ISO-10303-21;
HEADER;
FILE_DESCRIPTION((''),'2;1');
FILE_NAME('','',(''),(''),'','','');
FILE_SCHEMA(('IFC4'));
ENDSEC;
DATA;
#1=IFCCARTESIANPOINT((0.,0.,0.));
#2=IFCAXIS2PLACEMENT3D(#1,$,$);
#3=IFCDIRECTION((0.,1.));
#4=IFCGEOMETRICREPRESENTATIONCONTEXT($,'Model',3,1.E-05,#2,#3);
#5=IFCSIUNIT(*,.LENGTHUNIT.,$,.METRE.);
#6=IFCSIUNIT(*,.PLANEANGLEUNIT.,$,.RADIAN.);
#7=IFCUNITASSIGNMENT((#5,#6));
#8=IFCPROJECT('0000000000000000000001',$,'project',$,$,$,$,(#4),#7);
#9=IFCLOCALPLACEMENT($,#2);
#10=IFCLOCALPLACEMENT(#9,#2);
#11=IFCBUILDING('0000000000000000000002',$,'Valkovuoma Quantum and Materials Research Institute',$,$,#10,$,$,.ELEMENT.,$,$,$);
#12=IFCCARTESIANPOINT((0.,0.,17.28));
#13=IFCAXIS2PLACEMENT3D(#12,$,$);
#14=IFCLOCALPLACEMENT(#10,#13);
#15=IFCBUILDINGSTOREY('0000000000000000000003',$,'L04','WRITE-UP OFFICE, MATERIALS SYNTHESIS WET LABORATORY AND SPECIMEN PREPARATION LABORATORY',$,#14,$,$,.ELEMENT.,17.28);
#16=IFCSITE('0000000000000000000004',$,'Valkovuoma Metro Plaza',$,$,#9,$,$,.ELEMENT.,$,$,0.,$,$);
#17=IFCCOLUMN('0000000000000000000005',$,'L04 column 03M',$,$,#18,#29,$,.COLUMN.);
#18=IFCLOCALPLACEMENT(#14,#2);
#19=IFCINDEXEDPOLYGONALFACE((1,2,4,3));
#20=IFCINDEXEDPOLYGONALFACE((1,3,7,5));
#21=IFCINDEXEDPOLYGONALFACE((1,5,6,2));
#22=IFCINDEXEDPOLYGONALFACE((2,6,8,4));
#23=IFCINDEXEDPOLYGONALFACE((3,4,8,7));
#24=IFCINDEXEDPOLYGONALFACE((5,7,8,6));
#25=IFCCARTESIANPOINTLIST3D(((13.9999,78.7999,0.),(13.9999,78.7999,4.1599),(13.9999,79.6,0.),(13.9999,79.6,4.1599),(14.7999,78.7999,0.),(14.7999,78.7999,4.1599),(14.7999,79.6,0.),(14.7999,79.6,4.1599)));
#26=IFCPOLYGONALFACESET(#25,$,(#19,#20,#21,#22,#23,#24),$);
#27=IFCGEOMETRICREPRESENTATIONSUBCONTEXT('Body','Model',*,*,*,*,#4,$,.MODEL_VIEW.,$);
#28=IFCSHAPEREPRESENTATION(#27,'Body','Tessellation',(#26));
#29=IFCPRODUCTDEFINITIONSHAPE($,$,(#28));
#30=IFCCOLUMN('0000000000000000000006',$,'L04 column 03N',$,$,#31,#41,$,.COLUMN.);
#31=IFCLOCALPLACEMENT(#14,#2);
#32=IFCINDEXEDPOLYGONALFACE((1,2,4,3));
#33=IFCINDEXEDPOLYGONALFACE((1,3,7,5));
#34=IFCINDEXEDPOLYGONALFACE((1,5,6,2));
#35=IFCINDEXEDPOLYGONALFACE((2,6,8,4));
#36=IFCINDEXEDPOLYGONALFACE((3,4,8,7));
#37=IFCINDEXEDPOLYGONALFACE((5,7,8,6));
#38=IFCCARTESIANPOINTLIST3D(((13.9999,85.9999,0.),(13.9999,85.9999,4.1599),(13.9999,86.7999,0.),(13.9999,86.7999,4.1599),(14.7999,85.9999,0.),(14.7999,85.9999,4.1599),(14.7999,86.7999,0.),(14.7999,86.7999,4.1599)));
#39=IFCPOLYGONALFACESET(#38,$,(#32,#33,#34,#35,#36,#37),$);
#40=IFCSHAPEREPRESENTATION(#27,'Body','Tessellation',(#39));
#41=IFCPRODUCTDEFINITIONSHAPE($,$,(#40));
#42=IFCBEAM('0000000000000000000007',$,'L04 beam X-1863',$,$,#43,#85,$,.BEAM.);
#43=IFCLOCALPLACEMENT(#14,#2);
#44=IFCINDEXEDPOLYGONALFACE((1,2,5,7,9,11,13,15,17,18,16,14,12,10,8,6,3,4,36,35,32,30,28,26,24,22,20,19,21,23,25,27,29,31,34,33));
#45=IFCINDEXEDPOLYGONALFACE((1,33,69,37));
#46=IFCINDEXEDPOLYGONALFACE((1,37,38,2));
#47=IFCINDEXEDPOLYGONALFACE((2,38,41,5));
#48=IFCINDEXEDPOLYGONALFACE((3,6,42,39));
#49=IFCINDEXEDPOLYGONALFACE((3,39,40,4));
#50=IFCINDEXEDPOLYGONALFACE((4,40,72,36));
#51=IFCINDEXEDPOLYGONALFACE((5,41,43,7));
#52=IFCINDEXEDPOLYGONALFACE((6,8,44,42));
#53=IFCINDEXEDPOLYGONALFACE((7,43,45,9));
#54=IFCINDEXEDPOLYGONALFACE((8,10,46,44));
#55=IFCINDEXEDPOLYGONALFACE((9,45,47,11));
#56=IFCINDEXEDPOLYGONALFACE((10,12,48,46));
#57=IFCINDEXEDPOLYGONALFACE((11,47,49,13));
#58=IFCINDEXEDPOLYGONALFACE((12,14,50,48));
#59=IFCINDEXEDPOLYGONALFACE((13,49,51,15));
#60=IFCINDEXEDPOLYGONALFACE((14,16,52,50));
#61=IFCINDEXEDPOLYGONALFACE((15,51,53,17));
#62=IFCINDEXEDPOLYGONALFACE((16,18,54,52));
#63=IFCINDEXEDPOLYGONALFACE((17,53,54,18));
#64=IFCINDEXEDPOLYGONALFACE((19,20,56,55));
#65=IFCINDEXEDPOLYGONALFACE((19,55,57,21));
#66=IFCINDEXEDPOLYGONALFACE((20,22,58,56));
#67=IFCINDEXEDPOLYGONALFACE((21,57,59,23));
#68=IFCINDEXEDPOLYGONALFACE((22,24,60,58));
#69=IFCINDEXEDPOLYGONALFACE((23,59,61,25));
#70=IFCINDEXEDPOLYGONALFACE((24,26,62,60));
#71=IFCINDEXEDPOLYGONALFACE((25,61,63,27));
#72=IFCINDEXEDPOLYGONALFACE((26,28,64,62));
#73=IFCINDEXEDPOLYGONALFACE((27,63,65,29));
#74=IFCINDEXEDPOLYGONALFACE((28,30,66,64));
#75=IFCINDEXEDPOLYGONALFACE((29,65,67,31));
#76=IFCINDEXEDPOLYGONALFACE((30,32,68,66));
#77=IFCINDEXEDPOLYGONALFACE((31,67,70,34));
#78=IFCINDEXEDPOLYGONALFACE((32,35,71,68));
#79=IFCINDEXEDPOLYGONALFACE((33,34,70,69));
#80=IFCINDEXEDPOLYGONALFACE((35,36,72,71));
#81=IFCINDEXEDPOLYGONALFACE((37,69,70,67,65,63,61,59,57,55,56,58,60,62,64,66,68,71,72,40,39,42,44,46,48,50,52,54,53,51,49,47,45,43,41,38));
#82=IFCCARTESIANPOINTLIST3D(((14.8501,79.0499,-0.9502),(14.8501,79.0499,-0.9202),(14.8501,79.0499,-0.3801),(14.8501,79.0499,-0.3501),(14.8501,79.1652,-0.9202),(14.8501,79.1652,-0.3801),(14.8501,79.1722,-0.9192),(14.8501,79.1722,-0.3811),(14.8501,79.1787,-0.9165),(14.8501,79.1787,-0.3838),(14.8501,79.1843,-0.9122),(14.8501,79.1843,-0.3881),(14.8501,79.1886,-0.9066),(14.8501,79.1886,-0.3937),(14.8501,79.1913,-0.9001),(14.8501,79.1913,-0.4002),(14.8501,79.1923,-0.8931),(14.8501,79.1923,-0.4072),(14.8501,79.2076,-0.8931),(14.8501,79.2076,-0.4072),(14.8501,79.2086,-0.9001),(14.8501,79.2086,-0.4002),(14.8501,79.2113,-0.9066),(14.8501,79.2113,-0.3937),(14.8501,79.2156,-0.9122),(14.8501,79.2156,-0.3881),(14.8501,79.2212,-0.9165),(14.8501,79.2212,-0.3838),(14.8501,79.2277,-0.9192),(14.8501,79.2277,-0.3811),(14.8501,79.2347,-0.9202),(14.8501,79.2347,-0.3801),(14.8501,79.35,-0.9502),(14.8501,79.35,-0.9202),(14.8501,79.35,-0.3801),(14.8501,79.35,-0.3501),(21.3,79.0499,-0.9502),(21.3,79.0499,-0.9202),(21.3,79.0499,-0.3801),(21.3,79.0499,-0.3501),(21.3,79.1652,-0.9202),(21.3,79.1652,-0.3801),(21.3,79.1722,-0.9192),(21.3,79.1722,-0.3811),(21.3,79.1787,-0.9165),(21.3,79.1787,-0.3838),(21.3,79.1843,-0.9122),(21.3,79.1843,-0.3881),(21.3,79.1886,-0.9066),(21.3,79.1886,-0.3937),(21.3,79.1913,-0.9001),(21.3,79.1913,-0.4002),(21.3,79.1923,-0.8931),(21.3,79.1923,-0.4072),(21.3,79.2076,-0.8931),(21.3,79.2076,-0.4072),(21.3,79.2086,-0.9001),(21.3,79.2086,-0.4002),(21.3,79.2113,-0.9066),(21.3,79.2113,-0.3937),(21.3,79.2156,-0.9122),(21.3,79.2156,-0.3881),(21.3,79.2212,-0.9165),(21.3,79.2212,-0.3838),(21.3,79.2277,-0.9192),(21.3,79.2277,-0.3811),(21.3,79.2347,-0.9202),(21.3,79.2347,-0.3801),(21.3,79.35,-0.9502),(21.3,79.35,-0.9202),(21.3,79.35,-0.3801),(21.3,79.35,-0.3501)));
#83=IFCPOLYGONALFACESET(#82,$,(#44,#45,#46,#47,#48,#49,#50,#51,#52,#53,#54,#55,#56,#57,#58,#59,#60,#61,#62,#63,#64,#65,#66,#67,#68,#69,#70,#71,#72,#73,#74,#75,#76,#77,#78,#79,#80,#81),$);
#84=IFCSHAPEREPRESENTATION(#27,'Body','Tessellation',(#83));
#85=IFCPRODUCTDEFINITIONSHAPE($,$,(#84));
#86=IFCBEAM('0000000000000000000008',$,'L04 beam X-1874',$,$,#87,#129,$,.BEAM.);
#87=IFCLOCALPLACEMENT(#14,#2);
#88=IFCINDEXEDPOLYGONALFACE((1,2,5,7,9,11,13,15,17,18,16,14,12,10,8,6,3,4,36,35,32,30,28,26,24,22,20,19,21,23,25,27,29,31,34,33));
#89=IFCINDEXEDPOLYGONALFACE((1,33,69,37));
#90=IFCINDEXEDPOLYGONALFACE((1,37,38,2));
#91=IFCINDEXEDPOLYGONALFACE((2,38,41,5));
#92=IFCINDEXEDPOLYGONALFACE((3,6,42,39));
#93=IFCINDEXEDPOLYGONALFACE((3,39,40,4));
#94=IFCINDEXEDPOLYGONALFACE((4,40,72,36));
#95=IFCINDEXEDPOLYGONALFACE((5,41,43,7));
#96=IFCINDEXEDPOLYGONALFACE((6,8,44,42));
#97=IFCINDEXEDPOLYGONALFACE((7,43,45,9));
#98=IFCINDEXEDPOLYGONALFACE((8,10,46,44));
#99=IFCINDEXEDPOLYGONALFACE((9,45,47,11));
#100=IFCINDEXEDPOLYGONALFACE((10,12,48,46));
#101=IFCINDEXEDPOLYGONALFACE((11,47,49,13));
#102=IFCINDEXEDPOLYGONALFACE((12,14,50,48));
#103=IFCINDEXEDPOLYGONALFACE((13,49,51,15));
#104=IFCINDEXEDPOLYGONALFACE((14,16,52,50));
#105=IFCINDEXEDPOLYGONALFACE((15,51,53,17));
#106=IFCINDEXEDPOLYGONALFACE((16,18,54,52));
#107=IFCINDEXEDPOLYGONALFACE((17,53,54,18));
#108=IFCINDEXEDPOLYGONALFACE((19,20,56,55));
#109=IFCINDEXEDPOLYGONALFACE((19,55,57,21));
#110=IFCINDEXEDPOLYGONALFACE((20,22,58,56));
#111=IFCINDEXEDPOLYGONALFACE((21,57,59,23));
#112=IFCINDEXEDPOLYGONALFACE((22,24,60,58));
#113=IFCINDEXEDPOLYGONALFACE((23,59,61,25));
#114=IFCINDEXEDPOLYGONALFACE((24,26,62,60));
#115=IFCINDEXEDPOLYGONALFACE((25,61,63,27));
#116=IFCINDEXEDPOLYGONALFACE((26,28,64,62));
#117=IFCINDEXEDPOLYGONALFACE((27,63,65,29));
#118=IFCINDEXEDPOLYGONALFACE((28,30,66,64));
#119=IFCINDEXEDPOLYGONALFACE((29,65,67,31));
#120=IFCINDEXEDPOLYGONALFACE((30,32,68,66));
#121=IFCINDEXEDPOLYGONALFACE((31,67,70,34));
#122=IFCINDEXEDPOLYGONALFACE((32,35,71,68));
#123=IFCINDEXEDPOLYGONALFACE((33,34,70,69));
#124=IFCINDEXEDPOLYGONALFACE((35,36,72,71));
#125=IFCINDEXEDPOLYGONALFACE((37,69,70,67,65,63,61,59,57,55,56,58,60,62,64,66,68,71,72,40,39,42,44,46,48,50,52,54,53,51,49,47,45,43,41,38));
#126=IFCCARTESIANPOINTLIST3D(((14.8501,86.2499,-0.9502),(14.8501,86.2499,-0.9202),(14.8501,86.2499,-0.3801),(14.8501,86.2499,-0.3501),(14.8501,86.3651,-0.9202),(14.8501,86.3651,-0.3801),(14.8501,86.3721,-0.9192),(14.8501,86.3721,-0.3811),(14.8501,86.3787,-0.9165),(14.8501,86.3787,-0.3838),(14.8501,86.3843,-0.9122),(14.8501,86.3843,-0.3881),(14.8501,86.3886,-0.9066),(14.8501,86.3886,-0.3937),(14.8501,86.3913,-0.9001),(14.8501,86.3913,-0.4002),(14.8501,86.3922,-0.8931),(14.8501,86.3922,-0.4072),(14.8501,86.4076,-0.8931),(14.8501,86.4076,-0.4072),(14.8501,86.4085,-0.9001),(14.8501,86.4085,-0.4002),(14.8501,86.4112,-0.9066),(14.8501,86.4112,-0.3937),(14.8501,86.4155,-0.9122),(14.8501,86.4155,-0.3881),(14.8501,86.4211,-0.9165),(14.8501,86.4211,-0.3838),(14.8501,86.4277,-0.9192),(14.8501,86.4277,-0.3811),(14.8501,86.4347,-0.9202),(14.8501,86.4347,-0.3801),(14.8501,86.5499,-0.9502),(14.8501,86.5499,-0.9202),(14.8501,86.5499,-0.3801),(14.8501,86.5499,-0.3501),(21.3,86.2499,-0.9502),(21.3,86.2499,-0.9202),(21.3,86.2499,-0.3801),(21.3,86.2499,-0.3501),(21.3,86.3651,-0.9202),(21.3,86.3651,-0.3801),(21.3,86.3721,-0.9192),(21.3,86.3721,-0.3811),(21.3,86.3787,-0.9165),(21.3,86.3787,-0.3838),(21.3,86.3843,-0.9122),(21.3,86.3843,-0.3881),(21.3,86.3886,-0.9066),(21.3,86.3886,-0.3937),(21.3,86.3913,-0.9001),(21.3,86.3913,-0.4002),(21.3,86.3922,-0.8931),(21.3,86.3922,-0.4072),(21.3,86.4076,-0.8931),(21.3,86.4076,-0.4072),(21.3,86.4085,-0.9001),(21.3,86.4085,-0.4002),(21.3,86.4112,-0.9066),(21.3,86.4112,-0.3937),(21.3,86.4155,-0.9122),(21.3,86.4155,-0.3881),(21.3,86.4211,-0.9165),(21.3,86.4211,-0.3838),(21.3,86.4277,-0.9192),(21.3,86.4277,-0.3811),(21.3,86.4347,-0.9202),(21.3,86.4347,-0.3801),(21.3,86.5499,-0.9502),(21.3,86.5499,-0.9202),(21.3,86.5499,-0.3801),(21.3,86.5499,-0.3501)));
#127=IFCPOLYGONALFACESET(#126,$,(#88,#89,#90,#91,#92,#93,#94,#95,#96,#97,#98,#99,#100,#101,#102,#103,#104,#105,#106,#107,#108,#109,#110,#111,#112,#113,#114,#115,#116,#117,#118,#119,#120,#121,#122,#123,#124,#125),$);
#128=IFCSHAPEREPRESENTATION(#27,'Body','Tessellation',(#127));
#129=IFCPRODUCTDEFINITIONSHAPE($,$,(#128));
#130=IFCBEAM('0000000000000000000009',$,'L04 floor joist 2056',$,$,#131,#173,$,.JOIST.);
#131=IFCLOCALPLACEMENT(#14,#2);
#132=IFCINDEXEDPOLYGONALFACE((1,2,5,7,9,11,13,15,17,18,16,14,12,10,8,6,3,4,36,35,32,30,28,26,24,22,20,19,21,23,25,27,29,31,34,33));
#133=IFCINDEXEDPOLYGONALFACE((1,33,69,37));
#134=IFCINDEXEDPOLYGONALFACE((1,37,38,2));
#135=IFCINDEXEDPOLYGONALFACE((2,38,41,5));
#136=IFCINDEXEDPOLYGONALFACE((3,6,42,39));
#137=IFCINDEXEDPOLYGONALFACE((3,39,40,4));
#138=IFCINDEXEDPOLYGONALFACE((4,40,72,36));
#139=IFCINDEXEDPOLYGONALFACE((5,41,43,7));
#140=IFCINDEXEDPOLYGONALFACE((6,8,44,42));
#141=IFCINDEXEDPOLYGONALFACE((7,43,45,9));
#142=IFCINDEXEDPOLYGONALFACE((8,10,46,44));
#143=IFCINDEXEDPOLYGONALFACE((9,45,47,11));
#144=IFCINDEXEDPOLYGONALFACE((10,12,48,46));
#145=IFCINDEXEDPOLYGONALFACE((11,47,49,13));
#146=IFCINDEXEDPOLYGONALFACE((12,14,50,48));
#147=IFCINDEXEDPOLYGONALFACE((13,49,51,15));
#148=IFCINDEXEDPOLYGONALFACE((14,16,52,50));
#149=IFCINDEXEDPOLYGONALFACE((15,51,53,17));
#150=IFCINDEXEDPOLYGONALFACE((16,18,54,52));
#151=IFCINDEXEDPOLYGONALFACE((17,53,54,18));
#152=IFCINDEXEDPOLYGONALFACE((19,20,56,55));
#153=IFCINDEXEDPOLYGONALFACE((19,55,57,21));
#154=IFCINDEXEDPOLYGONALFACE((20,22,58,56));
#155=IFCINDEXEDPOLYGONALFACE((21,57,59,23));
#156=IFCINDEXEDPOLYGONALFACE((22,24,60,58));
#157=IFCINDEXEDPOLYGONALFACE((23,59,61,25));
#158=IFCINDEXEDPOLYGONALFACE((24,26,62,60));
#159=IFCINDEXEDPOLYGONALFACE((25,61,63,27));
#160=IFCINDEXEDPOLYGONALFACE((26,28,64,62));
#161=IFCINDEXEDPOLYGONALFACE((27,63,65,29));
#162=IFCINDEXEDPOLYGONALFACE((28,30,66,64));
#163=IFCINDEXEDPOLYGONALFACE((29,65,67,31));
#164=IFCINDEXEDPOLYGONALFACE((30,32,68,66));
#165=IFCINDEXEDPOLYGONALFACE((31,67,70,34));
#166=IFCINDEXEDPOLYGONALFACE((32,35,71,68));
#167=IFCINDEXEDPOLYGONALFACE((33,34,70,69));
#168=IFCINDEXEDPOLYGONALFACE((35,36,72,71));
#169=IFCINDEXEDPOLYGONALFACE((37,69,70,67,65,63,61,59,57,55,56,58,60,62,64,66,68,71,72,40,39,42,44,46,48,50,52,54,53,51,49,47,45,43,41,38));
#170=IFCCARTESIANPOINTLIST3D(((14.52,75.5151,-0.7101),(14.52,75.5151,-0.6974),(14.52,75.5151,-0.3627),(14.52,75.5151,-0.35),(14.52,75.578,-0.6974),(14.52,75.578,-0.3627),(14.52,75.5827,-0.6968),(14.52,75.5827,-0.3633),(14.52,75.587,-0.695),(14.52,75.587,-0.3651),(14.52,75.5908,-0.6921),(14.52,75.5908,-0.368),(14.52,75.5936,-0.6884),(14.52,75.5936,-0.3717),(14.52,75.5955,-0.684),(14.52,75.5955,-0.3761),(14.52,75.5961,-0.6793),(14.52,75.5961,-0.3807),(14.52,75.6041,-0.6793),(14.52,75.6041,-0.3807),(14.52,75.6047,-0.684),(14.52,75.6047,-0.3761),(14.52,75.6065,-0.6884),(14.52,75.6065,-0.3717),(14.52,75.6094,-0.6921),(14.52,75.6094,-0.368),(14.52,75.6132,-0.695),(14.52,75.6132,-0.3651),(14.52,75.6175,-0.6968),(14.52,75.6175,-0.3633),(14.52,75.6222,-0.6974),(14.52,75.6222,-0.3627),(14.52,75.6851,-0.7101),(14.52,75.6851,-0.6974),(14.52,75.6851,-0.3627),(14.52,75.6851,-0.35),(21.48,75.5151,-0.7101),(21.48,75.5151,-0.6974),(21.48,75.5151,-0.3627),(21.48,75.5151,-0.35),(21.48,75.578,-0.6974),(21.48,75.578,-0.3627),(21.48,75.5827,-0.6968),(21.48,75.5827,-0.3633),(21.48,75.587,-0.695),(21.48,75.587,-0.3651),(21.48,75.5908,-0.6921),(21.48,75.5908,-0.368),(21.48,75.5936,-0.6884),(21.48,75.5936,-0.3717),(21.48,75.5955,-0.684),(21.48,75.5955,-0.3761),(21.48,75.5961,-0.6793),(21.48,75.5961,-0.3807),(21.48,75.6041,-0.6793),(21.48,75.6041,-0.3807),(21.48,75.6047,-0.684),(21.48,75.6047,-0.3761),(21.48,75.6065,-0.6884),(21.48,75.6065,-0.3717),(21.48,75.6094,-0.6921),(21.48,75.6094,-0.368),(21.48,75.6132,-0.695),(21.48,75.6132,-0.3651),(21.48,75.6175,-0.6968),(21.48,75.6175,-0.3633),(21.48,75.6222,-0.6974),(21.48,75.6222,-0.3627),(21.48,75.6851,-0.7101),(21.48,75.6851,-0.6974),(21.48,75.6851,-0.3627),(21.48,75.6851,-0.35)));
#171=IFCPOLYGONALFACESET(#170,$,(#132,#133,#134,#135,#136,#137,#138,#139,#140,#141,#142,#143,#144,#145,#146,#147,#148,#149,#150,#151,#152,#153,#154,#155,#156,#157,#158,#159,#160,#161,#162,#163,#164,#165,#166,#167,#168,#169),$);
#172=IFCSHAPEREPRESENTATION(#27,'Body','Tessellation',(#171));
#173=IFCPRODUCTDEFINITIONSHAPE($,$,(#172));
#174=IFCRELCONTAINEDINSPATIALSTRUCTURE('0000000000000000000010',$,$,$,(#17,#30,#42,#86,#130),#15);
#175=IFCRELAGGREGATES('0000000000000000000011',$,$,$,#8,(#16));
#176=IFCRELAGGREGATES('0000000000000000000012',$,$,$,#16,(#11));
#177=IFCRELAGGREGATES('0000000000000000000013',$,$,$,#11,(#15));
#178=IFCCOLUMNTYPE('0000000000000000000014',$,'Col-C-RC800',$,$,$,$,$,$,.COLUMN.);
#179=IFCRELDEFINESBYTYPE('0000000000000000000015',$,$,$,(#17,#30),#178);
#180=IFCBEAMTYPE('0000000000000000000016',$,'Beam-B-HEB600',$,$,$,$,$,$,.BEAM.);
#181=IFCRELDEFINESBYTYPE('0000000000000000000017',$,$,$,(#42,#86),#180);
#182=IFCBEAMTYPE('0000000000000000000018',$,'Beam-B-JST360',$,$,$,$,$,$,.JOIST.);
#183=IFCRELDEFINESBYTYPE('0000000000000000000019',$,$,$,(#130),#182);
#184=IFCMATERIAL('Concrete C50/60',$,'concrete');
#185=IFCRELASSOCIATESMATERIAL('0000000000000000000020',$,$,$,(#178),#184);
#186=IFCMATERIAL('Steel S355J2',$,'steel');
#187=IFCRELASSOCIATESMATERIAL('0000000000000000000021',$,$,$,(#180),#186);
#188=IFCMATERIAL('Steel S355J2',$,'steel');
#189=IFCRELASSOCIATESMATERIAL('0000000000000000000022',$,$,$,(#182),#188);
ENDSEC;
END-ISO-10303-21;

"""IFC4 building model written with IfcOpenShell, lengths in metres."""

from ifc_helpers import new_model, si_unit, direction, frame, origin, origin_2d, place, context, subcontext, project, spatial, rectangle, i_section, extrude, material, material_profile, profile_set, type_object, element, save


model = new_model("IFC4")

# Units and contexts
model_context = context("Model", 3, precision=1e-05, world=origin(), true_north=direction((0.0, 1.0)))
body_context = subcontext(model_context, "Body", "Model", "MODEL_VIEW")
ifc_project = project(units=[si_unit("LENGTHUNIT", "METRE"), si_unit("PLANEANGLEUNIT", "RADIAN")], contexts=[model_context])

# Site, building, storey
site_placement = place(None, origin())
site = spatial("IfcSite", under=ifc_project, at=site_placement, Name="Valkovuoma Metro Plaza", CompositionType="ELEMENT", RefElevation=0.0)
building_placement = place(site_placement, origin())
building = spatial("IfcBuilding", under=site, at=building_placement, Name="Valkovuoma Quantum and Materials Research Institute", CompositionType="ELEMENT")
storey_placement = place(building_placement, frame((0.0, 0.0, 17.28)))
storey = spatial("IfcBuildingStorey", under=building, at=storey_placement, Name="L04", Description="WRITE-UP OFFICE, MATERIALS SYNTHESIS WET LABORATORY AND SPECIMEN PREPARATION LABORATORY", CompositionType="ELEMENT", Elevation=17.28)

# Columns
ifc_material_1 = material(Name="Concrete C50/60", Category="concrete")
ifc_material_profile_1 = material_profile(ifc_material_1, rectangle(XDim=0.8, YDim=0.8, at=origin_2d()), Name="Concrete C50/60")
ifc_profile_set_1 = profile_set([ifc_material_profile_1], Name="Concrete C50/60")
column_type = type_object("IfcColumnType", Name="Col-C-RC800", PredefinedType="COLUMN", material=ifc_profile_set_1)
for number, where, z_axis, x_axis, name in (
    (1, (14.3999, 79.2, 0.0), (0.0, 0.0, 1.0), (1.0, 0.0, 0.0), "L04 column 03M"),
    (2, (14.3999, 86.3999, 0.0), (0.0, 0.0, 1.0), (1.0, 0.0, 0.0), "L04 column 03N"),
):
    element("IfcColumn", number, at=place(storey_placement, frame(where, z_axis=z_axis, x_axis=x_axis)), inside=storey, type_object=column_type, Name=name, PredefinedType="COLUMN", context=body_context, shape_type="SweptSolid", body=[
        extrude(rectangle(XDim=0.8, YDim=0.8, at=origin_2d()), origin(), (0.0, 0.0, 1.0), 4.1599),
    ])

# Beams
ifc_material_2 = material(Name="Steel S355J2", Category="steel")
ifc_material_profile_2 = material_profile(ifc_material_2, i_section(OverallWidth=0.3, OverallDepth=0.6001, WebThickness=0.0154, FlangeThickness=0.03, FilletRadius=0.0271, at=origin_2d()), Name="Steel S355J2")
ifc_profile_set_2 = profile_set([ifc_material_profile_2], Name="Steel S355J2")
beam_type_1 = type_object("IfcBeamType", Name="Beam-B-HEB600", PredefinedType="BEAM", material=ifc_profile_set_2)
for number, where, z_axis, x_axis, name in (
    (3, (14.8501, 79.2, -0.6501), (1.0, 0.0, 0.0), (0.0, 1.0, 0.0), "L04 beam X-1863"),
    (4, (14.8501, 86.3999, -0.6501), (1.0, 0.0, 0.0), (0.0, 1.0, 0.0), "L04 beam X-1874"),
):
    element("IfcBeam", number, at=place(storey_placement, frame(where, z_axis=z_axis, x_axis=x_axis)), inside=storey, type_object=beam_type_1, Name=name, PredefinedType="BEAM", context=body_context, shape_type="SweptSolid", body=[
        extrude(i_section(OverallWidth=0.3, OverallDepth=0.6001, WebThickness=0.0154, FlangeThickness=0.03, FilletRadius=0.0271, at=origin_2d()), origin(), (0.0, 0.0, 1.0), 6.45),
    ])
ifc_material_3 = material(Name="Steel S355J2", Category="steel")
ifc_material_profile_3 = material_profile(ifc_material_3, i_section(OverallWidth=0.1699, OverallDepth=0.3601, WebThickness=0.0081, FlangeThickness=0.0127, FilletRadius=0.0181, at=origin_2d()), Name="Steel S355J2")
ifc_profile_set_3 = profile_set([ifc_material_profile_3], Name="Steel S355J2")
beam_type_2 = type_object("IfcBeamType", Name="Beam-B-JST360", PredefinedType="JOIST", material=ifc_profile_set_3)
for number, where, z_axis, x_axis, name in (
    (5, (14.52, 75.6001, -0.53), (1.0, 0.0, 0.0), (0.0, 1.0, 0.0), "L04 floor joist 2056"),
):
    element("IfcBeam", number, at=place(storey_placement, frame(where, z_axis=z_axis, x_axis=x_axis)), inside=storey, type_object=beam_type_2, Name=name, PredefinedType="JOIST", context=body_context, shape_type="SweptSolid", body=[
        extrude(i_section(OverallWidth=0.1699, OverallDepth=0.3601, WebThickness=0.0081, FlangeThickness=0.0127, FilletRadius=0.0181, at=origin_2d()), origin(), (0.0, 0.0, 1.0), 6.96),
    ])

save(model, "model.ifc")
